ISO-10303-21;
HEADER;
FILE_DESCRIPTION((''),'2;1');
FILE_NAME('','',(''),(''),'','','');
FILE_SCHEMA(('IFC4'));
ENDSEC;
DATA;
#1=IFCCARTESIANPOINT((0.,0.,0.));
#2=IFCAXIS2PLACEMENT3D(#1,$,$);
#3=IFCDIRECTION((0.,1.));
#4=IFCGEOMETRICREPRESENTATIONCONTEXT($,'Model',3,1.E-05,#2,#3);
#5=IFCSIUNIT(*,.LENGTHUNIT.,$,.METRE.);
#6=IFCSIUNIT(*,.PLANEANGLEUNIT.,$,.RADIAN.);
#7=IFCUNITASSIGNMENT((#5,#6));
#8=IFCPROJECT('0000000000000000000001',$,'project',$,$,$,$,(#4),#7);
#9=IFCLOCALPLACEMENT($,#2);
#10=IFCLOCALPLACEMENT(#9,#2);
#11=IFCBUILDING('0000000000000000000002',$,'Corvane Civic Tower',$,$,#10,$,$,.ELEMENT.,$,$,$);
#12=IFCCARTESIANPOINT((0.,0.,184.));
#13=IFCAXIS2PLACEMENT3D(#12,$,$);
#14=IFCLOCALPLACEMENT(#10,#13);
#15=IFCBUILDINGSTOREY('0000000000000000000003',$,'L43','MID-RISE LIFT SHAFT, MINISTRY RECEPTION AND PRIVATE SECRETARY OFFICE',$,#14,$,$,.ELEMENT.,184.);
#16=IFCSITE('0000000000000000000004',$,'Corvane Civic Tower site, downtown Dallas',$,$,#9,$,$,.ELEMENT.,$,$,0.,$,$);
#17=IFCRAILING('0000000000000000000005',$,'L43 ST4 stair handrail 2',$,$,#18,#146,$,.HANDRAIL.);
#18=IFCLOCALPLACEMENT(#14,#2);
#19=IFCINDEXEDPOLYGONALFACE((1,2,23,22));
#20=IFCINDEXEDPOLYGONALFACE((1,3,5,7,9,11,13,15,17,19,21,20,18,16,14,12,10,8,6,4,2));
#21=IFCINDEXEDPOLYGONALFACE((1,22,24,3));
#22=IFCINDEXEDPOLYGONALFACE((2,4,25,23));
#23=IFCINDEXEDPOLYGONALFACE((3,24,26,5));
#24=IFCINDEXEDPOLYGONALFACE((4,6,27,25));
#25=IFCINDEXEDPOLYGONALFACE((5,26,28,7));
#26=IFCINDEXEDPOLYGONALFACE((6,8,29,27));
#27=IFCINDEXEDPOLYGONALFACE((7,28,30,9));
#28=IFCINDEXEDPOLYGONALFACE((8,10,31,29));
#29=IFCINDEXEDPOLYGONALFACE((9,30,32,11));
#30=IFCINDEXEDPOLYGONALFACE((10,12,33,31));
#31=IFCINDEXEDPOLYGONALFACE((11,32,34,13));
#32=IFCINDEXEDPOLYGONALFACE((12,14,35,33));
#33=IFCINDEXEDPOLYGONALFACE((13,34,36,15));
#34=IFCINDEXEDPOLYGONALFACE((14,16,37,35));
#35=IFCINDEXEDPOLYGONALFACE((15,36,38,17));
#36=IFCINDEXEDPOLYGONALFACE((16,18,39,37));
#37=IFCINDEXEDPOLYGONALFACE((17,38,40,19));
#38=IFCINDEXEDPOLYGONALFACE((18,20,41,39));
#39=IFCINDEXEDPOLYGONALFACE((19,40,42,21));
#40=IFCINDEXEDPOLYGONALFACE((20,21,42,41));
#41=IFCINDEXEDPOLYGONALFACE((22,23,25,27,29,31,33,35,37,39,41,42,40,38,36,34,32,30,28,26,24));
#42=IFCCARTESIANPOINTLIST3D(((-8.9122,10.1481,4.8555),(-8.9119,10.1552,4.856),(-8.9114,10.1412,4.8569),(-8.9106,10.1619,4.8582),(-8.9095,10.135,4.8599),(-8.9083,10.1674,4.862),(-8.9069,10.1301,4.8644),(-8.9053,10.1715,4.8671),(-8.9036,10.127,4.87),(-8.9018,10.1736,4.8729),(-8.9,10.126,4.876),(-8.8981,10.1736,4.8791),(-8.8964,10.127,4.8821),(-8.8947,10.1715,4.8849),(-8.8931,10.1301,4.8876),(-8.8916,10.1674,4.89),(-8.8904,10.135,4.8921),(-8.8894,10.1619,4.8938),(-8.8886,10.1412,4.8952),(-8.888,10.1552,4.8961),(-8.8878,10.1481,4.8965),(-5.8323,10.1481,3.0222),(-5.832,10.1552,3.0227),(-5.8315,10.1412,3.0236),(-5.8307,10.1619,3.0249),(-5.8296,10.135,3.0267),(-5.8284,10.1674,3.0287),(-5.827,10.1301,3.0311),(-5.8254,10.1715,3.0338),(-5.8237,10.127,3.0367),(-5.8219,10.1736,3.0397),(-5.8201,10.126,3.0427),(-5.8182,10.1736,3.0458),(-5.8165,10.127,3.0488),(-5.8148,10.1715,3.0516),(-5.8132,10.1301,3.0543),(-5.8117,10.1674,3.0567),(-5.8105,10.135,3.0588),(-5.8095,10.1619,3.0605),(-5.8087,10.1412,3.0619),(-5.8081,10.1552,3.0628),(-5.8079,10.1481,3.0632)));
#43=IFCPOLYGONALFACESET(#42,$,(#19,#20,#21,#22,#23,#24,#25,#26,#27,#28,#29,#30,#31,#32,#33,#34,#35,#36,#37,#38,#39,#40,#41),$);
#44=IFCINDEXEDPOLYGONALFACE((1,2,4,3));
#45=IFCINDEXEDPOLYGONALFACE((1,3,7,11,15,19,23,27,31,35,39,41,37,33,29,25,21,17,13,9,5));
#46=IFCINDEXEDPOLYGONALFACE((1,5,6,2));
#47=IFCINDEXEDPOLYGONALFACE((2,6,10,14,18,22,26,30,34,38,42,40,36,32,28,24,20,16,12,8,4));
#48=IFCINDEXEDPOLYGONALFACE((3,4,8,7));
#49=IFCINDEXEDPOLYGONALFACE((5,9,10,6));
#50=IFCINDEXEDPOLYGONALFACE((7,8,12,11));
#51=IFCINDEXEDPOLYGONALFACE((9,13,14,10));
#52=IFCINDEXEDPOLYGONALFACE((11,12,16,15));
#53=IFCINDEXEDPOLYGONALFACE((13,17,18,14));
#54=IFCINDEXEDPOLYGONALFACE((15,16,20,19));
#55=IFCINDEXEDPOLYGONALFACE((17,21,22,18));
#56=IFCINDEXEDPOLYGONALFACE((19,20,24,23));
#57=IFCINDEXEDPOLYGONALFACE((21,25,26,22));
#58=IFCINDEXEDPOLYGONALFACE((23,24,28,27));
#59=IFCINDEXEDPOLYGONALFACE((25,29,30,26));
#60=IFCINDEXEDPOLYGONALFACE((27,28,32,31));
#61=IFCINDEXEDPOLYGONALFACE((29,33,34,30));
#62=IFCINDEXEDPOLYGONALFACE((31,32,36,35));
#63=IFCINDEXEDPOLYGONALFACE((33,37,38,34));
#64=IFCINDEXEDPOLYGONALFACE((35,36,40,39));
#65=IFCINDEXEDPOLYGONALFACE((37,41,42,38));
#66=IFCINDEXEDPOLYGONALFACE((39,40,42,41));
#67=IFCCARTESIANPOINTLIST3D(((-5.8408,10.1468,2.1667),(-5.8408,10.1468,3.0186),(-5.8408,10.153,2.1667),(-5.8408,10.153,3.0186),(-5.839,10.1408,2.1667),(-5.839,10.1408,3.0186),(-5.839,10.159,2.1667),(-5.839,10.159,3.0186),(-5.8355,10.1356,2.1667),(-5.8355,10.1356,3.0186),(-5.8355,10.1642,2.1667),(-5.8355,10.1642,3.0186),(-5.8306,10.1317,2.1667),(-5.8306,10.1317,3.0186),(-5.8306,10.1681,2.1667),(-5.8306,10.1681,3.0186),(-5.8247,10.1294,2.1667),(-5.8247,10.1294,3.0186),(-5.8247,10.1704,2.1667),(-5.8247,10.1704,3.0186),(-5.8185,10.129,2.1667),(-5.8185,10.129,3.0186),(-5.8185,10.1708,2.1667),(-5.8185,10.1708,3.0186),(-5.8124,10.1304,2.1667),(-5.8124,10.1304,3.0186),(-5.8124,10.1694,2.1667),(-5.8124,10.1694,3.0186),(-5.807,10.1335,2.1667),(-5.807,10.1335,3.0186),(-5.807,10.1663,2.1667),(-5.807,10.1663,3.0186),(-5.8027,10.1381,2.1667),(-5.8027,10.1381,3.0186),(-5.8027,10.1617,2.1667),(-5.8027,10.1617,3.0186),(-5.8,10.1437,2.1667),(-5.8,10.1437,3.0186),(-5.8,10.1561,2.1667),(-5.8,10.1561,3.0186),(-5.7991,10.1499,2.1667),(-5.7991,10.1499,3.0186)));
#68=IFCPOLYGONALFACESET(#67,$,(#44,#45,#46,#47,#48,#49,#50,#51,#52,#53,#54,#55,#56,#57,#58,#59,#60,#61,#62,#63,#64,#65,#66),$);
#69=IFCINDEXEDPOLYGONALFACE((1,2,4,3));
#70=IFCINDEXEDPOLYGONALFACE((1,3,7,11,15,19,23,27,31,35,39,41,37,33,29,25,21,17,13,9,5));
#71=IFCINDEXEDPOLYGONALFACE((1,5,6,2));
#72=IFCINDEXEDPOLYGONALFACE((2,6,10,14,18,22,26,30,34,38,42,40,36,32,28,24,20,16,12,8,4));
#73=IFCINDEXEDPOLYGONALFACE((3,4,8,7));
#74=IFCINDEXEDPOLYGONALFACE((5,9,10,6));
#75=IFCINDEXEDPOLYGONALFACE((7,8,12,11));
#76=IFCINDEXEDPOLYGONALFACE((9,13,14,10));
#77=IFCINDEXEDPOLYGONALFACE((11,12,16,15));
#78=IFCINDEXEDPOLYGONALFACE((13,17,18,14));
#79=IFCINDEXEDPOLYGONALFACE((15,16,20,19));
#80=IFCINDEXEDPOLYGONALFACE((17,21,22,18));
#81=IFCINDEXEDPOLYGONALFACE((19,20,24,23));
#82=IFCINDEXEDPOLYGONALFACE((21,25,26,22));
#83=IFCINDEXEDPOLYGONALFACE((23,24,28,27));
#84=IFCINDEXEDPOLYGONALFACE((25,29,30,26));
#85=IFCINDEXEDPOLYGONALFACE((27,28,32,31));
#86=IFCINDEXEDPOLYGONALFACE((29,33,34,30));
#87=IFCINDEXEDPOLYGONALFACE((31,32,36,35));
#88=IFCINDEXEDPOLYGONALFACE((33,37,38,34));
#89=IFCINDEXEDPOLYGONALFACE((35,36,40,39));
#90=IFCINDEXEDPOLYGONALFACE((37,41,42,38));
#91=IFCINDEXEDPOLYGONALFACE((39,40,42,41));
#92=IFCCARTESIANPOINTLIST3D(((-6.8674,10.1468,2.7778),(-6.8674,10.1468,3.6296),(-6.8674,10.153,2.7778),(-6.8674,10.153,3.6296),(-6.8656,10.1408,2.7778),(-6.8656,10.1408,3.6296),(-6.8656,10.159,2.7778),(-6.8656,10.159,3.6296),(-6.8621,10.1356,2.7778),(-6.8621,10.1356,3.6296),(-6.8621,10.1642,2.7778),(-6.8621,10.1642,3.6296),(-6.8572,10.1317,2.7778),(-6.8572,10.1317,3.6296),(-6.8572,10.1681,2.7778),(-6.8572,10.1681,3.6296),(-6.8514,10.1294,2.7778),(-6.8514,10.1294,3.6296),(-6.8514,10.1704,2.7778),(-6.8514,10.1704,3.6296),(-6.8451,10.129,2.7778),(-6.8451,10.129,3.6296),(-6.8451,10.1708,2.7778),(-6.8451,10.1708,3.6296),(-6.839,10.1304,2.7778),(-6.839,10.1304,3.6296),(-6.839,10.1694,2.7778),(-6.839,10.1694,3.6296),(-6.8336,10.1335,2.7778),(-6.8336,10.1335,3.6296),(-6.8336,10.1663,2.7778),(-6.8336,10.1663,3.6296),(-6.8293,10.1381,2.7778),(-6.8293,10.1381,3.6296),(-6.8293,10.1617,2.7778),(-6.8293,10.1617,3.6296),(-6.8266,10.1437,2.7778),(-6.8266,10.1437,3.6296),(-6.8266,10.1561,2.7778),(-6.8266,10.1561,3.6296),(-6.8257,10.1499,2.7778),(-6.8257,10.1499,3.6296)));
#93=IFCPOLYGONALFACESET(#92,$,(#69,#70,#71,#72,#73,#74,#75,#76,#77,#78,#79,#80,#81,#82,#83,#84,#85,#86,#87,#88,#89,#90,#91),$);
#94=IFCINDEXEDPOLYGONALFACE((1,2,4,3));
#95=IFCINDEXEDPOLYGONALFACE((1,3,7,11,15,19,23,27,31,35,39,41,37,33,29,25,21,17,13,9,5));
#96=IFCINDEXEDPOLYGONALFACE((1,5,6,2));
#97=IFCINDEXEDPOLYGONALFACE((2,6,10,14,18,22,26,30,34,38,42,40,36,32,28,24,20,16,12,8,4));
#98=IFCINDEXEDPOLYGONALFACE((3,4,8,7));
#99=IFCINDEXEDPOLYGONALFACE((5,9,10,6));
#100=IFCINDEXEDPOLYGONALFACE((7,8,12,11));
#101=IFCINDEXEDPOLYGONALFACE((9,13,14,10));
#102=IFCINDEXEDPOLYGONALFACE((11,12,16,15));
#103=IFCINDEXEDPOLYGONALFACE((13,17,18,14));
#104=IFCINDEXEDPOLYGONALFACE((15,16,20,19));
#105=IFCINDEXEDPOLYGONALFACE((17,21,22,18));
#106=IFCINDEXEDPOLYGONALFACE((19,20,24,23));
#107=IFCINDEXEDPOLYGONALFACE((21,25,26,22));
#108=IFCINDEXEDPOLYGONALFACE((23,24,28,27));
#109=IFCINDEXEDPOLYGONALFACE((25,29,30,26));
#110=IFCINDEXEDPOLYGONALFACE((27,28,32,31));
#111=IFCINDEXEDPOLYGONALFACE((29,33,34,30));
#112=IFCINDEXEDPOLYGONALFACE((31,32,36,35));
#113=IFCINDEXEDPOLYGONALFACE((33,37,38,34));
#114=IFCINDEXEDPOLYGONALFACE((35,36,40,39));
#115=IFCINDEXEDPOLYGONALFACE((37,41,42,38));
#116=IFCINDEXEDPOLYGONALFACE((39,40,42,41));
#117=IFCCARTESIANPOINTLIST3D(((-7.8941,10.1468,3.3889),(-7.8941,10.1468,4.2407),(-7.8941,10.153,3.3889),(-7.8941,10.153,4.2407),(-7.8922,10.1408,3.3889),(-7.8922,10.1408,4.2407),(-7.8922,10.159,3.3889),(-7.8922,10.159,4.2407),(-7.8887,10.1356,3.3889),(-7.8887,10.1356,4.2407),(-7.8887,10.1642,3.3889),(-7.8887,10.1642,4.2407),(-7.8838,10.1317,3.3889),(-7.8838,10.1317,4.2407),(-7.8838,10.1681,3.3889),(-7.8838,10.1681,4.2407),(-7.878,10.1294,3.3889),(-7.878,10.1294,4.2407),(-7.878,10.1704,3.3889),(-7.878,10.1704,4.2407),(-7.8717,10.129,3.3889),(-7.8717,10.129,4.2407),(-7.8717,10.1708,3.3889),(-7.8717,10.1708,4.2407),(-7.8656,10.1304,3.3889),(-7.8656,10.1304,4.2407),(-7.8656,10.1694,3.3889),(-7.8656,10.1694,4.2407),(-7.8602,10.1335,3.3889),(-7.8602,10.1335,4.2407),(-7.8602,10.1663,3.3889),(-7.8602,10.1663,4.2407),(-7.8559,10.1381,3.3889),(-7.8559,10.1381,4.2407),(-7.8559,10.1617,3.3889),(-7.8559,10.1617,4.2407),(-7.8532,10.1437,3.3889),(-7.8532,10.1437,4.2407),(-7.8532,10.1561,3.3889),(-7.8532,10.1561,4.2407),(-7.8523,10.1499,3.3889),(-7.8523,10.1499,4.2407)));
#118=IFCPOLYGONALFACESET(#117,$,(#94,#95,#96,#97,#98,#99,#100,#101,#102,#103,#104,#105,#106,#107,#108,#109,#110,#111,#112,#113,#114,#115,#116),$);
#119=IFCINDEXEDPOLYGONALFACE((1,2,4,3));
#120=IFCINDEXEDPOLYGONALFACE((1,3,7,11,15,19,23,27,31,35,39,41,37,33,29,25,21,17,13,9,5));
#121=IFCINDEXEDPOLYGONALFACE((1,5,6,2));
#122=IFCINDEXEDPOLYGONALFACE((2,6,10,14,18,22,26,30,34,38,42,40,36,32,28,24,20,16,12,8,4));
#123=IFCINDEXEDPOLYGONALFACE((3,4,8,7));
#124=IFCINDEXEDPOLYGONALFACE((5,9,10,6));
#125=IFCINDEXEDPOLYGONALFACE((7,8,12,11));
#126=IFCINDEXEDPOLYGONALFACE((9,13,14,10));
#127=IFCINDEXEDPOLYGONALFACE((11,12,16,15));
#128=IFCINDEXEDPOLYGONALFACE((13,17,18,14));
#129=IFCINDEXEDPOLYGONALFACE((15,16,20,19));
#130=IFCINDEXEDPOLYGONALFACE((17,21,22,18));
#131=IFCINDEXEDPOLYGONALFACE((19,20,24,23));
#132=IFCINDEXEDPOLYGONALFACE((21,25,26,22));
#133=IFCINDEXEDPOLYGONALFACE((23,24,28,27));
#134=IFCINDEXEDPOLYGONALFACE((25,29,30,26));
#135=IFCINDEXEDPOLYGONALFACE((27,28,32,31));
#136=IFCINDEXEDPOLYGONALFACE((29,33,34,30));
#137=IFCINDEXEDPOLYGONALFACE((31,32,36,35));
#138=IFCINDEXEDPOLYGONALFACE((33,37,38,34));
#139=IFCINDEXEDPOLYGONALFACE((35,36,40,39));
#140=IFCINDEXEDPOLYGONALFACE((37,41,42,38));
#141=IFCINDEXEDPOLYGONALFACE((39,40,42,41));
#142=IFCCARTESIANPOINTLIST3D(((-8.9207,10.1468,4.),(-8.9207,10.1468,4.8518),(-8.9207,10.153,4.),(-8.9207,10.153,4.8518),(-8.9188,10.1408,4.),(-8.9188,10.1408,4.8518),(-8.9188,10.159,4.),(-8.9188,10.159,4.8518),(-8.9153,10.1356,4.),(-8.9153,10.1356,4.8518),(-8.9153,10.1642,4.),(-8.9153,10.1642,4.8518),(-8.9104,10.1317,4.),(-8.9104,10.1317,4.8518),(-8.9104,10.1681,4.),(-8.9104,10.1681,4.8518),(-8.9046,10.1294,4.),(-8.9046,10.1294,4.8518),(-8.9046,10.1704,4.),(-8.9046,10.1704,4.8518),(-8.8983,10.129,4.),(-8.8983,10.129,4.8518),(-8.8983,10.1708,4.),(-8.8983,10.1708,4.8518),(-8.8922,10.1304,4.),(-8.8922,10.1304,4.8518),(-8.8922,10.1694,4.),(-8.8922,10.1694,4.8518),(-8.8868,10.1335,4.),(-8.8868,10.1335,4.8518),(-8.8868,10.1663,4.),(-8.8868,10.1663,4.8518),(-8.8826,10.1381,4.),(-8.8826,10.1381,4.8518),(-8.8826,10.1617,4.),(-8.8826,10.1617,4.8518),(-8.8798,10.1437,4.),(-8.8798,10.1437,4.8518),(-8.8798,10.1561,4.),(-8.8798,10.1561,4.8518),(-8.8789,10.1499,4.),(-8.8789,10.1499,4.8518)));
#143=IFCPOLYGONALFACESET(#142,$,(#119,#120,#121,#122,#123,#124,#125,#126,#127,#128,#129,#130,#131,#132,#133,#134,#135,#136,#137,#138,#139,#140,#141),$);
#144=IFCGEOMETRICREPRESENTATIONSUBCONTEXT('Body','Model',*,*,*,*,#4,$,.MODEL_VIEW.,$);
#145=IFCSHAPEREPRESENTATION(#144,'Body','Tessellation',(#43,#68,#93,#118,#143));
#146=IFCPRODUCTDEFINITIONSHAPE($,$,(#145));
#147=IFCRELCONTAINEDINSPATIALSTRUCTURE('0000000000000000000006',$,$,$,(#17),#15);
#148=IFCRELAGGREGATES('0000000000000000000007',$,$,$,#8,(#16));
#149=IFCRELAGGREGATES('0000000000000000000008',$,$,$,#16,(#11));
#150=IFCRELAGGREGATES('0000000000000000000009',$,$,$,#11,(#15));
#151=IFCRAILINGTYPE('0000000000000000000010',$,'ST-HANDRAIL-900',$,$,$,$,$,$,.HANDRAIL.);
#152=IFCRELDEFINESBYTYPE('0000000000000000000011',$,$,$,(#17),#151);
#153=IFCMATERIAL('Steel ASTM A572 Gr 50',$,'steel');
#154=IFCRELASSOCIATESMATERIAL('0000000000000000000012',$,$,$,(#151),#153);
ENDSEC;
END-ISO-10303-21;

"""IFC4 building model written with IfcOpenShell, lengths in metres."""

from ifc_helpers import new_model, si_unit, direction, frame, origin, origin_2d, place, context, subcontext, project, spatial, circle, extrude, material, type_object, element, save


model = new_model("IFC4")

# Units and contexts
model_context = context("Model", 3, precision=1e-05, world=origin(), true_north=direction((0.0, 1.0)))
body_context = subcontext(model_context, "Body", "Model", "MODEL_VIEW")
ifc_project = project(units=[si_unit("LENGTHUNIT", "METRE"), si_unit("PLANEANGLEUNIT", "RADIAN")], contexts=[model_context])

# Site, building, storey
site_placement = place(None, origin())
site = spatial("IfcSite", under=ifc_project, at=site_placement, Name="Corvane Civic Tower site, downtown Dallas", CompositionType="ELEMENT", RefElevation=0.0)
building_placement = place(site_placement, origin())
building = spatial("IfcBuilding", under=site, at=building_placement, Name="Corvane Civic Tower", CompositionType="ELEMENT")
storey_placement = place(building_placement, frame((0.0, 0.0, 184.0)))
storey = spatial("IfcBuildingStorey", under=building, at=storey_placement, Name="L43", Description="MID-RISE LIFT SHAFT, MINISTRY RECEPTION AND PRIVATE SECRETARY OFFICE", CompositionType="ELEMENT", Elevation=184.0)

# Railing
ifc_material_1 = material(Name="Steel ASTM A572 Gr 50", Category="steel")
railing_type = type_object("IfcRailingType", Name="ST-HANDRAIL-900", PredefinedType="HANDRAIL", material=ifc_material_1)
railing_placement = place(storey_placement, frame((-5.8201, 10.1499, 2.1667)))
element("IfcRailing", 1, at=railing_placement, inside=storey, type_object=railing_type, Name="L43 ST4 stair handrail 2", PredefinedType="HANDRAIL", context=body_context, shape_type="SweptSolid", body=[
    extrude(circle(Radius=0.0239, at=origin_2d()), frame((0.0, 0.0, 0.876), z_axis=(-0.859291, 0.0, 0.511487), x_axis=(0.0, -1.0, 0.0)), (0.0, 0.0, 1.0), 3.5842),
    extrude(circle(Radius=0.021, at=origin_2d()), origin(), (0.0, 0.0, 1.0), 0.8518),
    extrude(circle(Radius=0.021, at=origin_2d()), frame((-1.0266, 0.0, 0.6111)), (0.0, 0.0, 1.0), 0.8518),
    extrude(circle(Radius=0.021, at=origin_2d()), frame((-2.0532, 0.0, 1.2222)), (0.0, 0.0, 1.0), 0.8518),
    extrude(circle(Radius=0.021, at=origin_2d()), frame((-3.0798, 0.0, 1.8333)), (0.0, 0.0, 1.0), 0.8518),
])

save(model, "model.ifc")
